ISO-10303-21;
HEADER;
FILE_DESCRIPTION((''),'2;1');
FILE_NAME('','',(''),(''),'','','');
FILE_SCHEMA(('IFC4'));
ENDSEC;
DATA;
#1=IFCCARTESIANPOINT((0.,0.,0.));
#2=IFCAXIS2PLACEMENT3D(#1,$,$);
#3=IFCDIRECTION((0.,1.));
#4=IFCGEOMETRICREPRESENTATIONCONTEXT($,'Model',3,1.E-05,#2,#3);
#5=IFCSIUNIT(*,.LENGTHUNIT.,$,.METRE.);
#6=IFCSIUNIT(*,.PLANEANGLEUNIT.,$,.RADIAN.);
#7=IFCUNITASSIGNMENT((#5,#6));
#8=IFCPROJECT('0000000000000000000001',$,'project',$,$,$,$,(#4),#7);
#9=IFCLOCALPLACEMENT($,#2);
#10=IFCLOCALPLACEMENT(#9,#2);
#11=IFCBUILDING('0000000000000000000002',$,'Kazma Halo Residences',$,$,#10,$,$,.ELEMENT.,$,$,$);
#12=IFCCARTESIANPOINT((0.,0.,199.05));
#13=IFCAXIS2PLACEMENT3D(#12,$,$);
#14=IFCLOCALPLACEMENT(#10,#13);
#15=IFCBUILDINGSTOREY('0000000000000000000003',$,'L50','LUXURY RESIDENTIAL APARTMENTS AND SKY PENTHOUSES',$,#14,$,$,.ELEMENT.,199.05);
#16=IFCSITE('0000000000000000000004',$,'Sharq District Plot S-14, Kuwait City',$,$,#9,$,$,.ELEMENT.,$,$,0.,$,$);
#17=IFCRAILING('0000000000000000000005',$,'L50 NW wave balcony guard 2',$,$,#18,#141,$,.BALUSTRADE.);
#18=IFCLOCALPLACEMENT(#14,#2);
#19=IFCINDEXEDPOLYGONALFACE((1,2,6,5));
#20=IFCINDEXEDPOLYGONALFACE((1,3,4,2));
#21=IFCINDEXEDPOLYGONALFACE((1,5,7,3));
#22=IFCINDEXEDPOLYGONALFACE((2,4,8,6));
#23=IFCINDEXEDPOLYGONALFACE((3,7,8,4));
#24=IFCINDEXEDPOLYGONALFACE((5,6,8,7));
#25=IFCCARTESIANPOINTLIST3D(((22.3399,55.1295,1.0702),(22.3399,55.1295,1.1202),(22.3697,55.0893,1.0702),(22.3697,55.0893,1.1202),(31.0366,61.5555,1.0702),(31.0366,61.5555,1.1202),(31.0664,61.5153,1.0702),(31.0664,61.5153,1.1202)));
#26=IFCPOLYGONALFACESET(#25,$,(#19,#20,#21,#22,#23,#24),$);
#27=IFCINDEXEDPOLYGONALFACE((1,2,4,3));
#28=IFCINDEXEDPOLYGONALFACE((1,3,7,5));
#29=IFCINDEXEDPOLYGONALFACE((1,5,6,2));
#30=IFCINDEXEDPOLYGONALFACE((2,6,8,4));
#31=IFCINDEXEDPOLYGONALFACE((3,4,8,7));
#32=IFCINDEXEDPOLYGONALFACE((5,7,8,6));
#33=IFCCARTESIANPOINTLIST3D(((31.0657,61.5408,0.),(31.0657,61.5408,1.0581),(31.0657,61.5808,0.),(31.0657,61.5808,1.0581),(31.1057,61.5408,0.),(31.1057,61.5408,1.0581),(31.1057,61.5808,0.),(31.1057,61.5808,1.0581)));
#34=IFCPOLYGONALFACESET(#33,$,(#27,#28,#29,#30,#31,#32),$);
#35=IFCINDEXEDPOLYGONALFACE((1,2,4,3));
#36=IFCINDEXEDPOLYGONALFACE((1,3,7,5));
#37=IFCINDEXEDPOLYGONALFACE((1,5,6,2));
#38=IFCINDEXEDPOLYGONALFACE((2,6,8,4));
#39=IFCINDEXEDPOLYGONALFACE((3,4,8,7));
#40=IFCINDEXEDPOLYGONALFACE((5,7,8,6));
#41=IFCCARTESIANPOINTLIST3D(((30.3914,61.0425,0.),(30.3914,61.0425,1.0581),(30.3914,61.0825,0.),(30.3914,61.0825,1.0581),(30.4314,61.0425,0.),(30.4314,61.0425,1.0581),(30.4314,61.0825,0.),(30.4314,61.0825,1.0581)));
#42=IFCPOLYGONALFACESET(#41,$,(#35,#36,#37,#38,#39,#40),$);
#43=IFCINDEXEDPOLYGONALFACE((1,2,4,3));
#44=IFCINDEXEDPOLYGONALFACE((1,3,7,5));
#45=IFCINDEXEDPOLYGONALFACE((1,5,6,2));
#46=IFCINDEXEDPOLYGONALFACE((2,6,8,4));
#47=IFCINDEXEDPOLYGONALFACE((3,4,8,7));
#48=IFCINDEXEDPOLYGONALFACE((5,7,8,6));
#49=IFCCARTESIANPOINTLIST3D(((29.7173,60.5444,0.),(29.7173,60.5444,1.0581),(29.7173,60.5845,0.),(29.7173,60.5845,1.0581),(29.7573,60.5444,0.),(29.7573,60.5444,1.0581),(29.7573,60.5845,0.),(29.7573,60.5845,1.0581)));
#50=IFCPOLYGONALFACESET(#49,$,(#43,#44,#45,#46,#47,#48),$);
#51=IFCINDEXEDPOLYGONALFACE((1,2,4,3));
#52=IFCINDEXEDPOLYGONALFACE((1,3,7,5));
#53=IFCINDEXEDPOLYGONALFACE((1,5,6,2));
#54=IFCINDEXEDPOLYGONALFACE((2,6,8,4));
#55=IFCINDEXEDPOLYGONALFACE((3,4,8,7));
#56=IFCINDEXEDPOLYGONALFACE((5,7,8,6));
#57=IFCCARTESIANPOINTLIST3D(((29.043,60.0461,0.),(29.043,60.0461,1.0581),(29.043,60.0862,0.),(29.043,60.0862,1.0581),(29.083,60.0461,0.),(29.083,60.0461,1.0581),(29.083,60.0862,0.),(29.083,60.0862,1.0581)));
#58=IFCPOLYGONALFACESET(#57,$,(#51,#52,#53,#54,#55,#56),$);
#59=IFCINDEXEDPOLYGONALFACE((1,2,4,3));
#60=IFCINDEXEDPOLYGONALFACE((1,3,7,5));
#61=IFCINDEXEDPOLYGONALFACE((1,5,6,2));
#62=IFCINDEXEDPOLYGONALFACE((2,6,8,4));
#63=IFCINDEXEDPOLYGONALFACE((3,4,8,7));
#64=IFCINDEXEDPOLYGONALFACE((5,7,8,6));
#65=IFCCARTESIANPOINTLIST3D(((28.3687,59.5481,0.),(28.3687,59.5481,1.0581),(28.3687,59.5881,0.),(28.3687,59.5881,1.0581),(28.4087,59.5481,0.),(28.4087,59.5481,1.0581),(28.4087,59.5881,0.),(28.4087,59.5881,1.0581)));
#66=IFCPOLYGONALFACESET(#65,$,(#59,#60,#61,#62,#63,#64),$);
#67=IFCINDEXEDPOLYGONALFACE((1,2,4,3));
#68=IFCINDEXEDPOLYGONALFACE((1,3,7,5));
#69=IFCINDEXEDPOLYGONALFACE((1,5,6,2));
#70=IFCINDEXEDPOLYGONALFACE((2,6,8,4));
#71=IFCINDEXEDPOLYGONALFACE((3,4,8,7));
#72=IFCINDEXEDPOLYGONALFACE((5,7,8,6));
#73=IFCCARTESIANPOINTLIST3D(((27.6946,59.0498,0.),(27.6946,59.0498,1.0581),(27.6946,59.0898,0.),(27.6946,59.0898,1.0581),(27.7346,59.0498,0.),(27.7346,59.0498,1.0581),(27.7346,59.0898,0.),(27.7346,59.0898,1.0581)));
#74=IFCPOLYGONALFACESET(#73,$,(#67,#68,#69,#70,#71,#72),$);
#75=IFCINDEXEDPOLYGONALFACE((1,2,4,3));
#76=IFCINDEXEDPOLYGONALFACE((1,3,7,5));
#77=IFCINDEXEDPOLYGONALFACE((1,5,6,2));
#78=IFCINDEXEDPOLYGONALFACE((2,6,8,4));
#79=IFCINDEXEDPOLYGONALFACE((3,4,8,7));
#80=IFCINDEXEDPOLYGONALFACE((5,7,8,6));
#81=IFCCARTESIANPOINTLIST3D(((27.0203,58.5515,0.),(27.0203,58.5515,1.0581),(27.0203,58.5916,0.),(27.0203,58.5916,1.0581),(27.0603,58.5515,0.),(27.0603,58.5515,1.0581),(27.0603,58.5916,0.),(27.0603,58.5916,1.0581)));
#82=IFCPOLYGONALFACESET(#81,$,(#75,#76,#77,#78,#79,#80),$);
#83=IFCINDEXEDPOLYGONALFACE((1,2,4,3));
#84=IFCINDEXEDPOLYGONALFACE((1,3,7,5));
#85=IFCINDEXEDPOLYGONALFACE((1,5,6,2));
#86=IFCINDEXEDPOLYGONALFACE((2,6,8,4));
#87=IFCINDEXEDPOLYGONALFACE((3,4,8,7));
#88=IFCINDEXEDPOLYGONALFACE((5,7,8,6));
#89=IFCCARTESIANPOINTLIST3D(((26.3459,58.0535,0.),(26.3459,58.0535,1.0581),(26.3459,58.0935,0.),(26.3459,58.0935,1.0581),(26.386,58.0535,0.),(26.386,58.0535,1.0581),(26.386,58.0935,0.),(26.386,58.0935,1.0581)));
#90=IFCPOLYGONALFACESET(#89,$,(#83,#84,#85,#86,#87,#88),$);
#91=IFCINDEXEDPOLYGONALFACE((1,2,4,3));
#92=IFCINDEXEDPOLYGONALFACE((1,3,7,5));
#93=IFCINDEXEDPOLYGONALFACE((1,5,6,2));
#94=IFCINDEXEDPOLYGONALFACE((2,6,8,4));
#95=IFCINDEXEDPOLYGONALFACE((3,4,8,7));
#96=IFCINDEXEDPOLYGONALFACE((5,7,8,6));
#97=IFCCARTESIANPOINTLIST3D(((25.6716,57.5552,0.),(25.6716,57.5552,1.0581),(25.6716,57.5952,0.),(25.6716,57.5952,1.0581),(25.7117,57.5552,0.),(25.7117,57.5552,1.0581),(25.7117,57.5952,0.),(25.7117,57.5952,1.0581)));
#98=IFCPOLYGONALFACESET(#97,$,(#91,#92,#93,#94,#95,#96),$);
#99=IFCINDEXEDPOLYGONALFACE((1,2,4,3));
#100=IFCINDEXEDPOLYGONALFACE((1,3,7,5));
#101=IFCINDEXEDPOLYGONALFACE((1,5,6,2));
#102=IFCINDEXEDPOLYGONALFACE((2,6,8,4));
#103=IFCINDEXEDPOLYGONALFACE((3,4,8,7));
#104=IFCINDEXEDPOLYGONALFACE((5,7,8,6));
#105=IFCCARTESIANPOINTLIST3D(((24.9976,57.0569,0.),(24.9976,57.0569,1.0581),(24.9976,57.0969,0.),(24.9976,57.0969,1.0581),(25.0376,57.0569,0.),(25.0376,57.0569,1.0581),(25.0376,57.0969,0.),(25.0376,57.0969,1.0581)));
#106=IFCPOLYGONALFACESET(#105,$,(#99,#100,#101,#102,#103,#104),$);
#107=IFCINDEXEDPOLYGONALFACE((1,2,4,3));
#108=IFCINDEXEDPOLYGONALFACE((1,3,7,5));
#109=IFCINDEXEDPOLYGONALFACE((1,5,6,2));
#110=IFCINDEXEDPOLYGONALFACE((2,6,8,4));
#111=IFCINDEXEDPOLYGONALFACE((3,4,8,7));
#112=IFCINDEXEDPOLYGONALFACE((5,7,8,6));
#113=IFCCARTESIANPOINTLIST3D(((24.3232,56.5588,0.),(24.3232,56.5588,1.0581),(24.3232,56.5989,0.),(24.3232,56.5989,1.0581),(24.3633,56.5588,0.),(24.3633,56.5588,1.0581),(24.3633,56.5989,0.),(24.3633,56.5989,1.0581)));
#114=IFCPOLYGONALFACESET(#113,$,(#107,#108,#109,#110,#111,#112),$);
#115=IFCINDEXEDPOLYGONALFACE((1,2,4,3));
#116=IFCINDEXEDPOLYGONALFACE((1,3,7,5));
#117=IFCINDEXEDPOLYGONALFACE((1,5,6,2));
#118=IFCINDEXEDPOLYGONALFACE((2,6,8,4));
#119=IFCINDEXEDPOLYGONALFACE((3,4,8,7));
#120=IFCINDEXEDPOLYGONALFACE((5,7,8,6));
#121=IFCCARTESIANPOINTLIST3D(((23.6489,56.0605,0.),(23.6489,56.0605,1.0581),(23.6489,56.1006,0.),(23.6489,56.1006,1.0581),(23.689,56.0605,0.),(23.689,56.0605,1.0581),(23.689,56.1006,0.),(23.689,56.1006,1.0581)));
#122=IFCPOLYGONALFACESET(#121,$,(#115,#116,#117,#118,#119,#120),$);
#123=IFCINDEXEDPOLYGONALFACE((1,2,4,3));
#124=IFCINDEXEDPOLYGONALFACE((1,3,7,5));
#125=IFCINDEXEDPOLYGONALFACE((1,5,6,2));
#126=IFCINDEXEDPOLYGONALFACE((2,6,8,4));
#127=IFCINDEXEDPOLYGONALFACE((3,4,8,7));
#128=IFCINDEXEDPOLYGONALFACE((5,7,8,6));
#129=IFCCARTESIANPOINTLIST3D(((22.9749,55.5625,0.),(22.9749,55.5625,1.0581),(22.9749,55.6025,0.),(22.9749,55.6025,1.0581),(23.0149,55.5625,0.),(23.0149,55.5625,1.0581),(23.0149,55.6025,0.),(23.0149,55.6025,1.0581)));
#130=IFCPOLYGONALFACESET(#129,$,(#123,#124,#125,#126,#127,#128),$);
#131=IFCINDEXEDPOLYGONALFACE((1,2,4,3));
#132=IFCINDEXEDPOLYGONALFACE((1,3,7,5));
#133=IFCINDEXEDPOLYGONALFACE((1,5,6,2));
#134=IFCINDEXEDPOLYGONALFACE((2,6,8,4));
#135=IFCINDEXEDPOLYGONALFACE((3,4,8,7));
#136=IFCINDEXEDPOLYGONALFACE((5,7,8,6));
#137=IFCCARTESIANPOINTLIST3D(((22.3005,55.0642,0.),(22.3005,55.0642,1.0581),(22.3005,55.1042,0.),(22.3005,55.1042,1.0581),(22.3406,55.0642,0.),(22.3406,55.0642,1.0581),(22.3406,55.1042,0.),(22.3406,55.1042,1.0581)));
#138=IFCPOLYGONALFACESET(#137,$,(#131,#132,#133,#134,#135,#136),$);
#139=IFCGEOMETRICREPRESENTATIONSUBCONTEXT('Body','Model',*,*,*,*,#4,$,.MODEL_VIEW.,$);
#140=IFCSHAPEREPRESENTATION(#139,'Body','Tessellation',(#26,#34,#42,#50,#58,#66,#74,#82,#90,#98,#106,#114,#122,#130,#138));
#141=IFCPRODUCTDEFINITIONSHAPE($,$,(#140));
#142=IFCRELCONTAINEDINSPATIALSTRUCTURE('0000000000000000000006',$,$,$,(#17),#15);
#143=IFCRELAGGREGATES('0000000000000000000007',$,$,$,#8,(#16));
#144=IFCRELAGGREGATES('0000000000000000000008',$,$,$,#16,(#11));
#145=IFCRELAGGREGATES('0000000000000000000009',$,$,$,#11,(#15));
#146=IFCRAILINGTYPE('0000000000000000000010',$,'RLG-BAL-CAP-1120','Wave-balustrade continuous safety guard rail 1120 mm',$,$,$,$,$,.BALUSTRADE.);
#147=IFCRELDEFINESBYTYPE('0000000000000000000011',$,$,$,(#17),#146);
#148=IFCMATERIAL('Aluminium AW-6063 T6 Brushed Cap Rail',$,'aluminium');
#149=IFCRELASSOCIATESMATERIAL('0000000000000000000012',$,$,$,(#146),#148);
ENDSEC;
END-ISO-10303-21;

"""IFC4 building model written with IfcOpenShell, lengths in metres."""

from ifc_helpers import new_model, si_unit, direction, frame, origin, origin_2d, place, context, subcontext, project, spatial, rectangle, extrude, material, type_object, element, save


model = new_model("IFC4")

# Units and contexts
model_context = context("Model", 3, precision=1e-05, world=origin(), true_north=direction((0.0, 1.0)))
body_context = subcontext(model_context, "Body", "Model", "MODEL_VIEW")
ifc_project = project(units=[si_unit("LENGTHUNIT", "METRE"), si_unit("PLANEANGLEUNIT", "RADIAN")], contexts=[model_context])

# Site, building, storey
site_placement = place(None, origin())
site = spatial("IfcSite", under=ifc_project, at=site_placement, Name="Sharq District Plot S-14, Kuwait City", CompositionType="ELEMENT", RefElevation=0.0)
building_placement = place(site_placement, origin())
building = spatial("IfcBuilding", under=site, at=building_placement, Name="Kazma Halo Residences", CompositionType="ELEMENT")
storey_placement = place(building_placement, frame((0.0, 0.0, 199.05)))
storey = spatial("IfcBuildingStorey", under=building, at=storey_placement, Name="L50", Description="LUXURY RESIDENTIAL APARTMENTS AND SKY PENTHOUSES", CompositionType="ELEMENT", Elevation=199.05)

# Railing
ifc_material_1 = material(Name="Aluminium AW-6063 T6 Brushed Cap Rail", Category="aluminium")
railing_type = type_object("IfcRailingType", Name="RLG-BAL-CAP-1120", Description="Wave-balustrade continuous safety guard rail 1120 mm", PredefinedType="BALUSTRADE", material=ifc_material_1)
railing_1_placement = place(storey_placement, frame((31.0857, 61.5608, 0.0)))
element("IfcRailing", 1, at=railing_1_placement, inside=storey, type_object=railing_type, Name="L50 NW wave balcony guard 2", PredefinedType="BALUSTRADE", context=body_context, shape_type="SweptSolid", body=[
    extrude(rectangle(XDim=0.05, YDim=0.05, at=origin_2d()), frame((-0.0342, -0.0254, 1.0952), z_axis=(-0.804265, -0.594271, 0.0), x_axis=(0.594271, -0.804265, 0.0)), (0.0, 0.0, 1.0), 10.8132),
    extrude(rectangle(XDim=0.04, YDim=0.04, at=origin_2d()), origin(), (0.0, 0.0, 1.0), 1.0581),
    extrude(rectangle(XDim=0.04, YDim=0.04, at=origin_2d()), frame((-0.6743, -0.4983, 0.0)), (0.0, 0.0, 1.0), 1.0581),
    extrude(rectangle(XDim=0.04, YDim=0.04, at=origin_2d()), frame((-1.3484, -0.9963, 0.0)), (0.0, 0.0, 1.0), 1.0581),
    extrude(rectangle(XDim=0.04, YDim=0.04, at=origin_2d()), frame((-2.0227, -1.4946, 0.0)), (0.0, 0.0, 1.0), 1.0581),
    extrude(rectangle(XDim=0.04, YDim=0.04, at=origin_2d()), frame((-2.697, -1.9927, 0.0)), (0.0, 0.0, 1.0), 1.0581),
    extrude(rectangle(XDim=0.04, YDim=0.04, at=origin_2d()), frame((-3.3711, -2.491, 0.0)), (0.0, 0.0, 1.0), 1.0581),
    extrude(rectangle(XDim=0.04, YDim=0.04, at=origin_2d()), frame((-4.0454, -2.9893, 0.0)), (0.0, 0.0, 1.0), 1.0581),
    extrude(rectangle(XDim=0.04, YDim=0.04, at=origin_2d()), frame((-4.7197, -3.4873, 0.0)), (0.0, 0.0, 1.0), 1.0581),
    extrude(rectangle(XDim=0.04, YDim=0.04, at=origin_2d()), frame((-5.394, -3.9856, 0.0)), (0.0, 0.0, 1.0), 1.0581),
    extrude(rectangle(XDim=0.04, YDim=0.04, at=origin_2d()), frame((-6.0681, -4.4839, 0.0)), (0.0, 0.0, 1.0), 1.0581),
    extrude(rectangle(XDim=0.04, YDim=0.04, at=origin_2d()), frame((-6.7424, -4.9819, 0.0)), (0.0, 0.0, 1.0), 1.0581),
    extrude(rectangle(XDim=0.04, YDim=0.04, at=origin_2d()), frame((-7.4167, -5.4802, 0.0)), (0.0, 0.0, 1.0), 1.0581),
    extrude(rectangle(XDim=0.04, YDim=0.04, at=origin_2d()), frame((-8.0908, -5.9783, 0.0)), (0.0, 0.0, 1.0), 1.0581),
    extrude(rectangle(XDim=0.04, YDim=0.04, at=origin_2d()), frame((-8.7651, -6.4766, 0.0)), (0.0, 0.0, 1.0), 1.0581),
])

save(model, "model.ifc")
